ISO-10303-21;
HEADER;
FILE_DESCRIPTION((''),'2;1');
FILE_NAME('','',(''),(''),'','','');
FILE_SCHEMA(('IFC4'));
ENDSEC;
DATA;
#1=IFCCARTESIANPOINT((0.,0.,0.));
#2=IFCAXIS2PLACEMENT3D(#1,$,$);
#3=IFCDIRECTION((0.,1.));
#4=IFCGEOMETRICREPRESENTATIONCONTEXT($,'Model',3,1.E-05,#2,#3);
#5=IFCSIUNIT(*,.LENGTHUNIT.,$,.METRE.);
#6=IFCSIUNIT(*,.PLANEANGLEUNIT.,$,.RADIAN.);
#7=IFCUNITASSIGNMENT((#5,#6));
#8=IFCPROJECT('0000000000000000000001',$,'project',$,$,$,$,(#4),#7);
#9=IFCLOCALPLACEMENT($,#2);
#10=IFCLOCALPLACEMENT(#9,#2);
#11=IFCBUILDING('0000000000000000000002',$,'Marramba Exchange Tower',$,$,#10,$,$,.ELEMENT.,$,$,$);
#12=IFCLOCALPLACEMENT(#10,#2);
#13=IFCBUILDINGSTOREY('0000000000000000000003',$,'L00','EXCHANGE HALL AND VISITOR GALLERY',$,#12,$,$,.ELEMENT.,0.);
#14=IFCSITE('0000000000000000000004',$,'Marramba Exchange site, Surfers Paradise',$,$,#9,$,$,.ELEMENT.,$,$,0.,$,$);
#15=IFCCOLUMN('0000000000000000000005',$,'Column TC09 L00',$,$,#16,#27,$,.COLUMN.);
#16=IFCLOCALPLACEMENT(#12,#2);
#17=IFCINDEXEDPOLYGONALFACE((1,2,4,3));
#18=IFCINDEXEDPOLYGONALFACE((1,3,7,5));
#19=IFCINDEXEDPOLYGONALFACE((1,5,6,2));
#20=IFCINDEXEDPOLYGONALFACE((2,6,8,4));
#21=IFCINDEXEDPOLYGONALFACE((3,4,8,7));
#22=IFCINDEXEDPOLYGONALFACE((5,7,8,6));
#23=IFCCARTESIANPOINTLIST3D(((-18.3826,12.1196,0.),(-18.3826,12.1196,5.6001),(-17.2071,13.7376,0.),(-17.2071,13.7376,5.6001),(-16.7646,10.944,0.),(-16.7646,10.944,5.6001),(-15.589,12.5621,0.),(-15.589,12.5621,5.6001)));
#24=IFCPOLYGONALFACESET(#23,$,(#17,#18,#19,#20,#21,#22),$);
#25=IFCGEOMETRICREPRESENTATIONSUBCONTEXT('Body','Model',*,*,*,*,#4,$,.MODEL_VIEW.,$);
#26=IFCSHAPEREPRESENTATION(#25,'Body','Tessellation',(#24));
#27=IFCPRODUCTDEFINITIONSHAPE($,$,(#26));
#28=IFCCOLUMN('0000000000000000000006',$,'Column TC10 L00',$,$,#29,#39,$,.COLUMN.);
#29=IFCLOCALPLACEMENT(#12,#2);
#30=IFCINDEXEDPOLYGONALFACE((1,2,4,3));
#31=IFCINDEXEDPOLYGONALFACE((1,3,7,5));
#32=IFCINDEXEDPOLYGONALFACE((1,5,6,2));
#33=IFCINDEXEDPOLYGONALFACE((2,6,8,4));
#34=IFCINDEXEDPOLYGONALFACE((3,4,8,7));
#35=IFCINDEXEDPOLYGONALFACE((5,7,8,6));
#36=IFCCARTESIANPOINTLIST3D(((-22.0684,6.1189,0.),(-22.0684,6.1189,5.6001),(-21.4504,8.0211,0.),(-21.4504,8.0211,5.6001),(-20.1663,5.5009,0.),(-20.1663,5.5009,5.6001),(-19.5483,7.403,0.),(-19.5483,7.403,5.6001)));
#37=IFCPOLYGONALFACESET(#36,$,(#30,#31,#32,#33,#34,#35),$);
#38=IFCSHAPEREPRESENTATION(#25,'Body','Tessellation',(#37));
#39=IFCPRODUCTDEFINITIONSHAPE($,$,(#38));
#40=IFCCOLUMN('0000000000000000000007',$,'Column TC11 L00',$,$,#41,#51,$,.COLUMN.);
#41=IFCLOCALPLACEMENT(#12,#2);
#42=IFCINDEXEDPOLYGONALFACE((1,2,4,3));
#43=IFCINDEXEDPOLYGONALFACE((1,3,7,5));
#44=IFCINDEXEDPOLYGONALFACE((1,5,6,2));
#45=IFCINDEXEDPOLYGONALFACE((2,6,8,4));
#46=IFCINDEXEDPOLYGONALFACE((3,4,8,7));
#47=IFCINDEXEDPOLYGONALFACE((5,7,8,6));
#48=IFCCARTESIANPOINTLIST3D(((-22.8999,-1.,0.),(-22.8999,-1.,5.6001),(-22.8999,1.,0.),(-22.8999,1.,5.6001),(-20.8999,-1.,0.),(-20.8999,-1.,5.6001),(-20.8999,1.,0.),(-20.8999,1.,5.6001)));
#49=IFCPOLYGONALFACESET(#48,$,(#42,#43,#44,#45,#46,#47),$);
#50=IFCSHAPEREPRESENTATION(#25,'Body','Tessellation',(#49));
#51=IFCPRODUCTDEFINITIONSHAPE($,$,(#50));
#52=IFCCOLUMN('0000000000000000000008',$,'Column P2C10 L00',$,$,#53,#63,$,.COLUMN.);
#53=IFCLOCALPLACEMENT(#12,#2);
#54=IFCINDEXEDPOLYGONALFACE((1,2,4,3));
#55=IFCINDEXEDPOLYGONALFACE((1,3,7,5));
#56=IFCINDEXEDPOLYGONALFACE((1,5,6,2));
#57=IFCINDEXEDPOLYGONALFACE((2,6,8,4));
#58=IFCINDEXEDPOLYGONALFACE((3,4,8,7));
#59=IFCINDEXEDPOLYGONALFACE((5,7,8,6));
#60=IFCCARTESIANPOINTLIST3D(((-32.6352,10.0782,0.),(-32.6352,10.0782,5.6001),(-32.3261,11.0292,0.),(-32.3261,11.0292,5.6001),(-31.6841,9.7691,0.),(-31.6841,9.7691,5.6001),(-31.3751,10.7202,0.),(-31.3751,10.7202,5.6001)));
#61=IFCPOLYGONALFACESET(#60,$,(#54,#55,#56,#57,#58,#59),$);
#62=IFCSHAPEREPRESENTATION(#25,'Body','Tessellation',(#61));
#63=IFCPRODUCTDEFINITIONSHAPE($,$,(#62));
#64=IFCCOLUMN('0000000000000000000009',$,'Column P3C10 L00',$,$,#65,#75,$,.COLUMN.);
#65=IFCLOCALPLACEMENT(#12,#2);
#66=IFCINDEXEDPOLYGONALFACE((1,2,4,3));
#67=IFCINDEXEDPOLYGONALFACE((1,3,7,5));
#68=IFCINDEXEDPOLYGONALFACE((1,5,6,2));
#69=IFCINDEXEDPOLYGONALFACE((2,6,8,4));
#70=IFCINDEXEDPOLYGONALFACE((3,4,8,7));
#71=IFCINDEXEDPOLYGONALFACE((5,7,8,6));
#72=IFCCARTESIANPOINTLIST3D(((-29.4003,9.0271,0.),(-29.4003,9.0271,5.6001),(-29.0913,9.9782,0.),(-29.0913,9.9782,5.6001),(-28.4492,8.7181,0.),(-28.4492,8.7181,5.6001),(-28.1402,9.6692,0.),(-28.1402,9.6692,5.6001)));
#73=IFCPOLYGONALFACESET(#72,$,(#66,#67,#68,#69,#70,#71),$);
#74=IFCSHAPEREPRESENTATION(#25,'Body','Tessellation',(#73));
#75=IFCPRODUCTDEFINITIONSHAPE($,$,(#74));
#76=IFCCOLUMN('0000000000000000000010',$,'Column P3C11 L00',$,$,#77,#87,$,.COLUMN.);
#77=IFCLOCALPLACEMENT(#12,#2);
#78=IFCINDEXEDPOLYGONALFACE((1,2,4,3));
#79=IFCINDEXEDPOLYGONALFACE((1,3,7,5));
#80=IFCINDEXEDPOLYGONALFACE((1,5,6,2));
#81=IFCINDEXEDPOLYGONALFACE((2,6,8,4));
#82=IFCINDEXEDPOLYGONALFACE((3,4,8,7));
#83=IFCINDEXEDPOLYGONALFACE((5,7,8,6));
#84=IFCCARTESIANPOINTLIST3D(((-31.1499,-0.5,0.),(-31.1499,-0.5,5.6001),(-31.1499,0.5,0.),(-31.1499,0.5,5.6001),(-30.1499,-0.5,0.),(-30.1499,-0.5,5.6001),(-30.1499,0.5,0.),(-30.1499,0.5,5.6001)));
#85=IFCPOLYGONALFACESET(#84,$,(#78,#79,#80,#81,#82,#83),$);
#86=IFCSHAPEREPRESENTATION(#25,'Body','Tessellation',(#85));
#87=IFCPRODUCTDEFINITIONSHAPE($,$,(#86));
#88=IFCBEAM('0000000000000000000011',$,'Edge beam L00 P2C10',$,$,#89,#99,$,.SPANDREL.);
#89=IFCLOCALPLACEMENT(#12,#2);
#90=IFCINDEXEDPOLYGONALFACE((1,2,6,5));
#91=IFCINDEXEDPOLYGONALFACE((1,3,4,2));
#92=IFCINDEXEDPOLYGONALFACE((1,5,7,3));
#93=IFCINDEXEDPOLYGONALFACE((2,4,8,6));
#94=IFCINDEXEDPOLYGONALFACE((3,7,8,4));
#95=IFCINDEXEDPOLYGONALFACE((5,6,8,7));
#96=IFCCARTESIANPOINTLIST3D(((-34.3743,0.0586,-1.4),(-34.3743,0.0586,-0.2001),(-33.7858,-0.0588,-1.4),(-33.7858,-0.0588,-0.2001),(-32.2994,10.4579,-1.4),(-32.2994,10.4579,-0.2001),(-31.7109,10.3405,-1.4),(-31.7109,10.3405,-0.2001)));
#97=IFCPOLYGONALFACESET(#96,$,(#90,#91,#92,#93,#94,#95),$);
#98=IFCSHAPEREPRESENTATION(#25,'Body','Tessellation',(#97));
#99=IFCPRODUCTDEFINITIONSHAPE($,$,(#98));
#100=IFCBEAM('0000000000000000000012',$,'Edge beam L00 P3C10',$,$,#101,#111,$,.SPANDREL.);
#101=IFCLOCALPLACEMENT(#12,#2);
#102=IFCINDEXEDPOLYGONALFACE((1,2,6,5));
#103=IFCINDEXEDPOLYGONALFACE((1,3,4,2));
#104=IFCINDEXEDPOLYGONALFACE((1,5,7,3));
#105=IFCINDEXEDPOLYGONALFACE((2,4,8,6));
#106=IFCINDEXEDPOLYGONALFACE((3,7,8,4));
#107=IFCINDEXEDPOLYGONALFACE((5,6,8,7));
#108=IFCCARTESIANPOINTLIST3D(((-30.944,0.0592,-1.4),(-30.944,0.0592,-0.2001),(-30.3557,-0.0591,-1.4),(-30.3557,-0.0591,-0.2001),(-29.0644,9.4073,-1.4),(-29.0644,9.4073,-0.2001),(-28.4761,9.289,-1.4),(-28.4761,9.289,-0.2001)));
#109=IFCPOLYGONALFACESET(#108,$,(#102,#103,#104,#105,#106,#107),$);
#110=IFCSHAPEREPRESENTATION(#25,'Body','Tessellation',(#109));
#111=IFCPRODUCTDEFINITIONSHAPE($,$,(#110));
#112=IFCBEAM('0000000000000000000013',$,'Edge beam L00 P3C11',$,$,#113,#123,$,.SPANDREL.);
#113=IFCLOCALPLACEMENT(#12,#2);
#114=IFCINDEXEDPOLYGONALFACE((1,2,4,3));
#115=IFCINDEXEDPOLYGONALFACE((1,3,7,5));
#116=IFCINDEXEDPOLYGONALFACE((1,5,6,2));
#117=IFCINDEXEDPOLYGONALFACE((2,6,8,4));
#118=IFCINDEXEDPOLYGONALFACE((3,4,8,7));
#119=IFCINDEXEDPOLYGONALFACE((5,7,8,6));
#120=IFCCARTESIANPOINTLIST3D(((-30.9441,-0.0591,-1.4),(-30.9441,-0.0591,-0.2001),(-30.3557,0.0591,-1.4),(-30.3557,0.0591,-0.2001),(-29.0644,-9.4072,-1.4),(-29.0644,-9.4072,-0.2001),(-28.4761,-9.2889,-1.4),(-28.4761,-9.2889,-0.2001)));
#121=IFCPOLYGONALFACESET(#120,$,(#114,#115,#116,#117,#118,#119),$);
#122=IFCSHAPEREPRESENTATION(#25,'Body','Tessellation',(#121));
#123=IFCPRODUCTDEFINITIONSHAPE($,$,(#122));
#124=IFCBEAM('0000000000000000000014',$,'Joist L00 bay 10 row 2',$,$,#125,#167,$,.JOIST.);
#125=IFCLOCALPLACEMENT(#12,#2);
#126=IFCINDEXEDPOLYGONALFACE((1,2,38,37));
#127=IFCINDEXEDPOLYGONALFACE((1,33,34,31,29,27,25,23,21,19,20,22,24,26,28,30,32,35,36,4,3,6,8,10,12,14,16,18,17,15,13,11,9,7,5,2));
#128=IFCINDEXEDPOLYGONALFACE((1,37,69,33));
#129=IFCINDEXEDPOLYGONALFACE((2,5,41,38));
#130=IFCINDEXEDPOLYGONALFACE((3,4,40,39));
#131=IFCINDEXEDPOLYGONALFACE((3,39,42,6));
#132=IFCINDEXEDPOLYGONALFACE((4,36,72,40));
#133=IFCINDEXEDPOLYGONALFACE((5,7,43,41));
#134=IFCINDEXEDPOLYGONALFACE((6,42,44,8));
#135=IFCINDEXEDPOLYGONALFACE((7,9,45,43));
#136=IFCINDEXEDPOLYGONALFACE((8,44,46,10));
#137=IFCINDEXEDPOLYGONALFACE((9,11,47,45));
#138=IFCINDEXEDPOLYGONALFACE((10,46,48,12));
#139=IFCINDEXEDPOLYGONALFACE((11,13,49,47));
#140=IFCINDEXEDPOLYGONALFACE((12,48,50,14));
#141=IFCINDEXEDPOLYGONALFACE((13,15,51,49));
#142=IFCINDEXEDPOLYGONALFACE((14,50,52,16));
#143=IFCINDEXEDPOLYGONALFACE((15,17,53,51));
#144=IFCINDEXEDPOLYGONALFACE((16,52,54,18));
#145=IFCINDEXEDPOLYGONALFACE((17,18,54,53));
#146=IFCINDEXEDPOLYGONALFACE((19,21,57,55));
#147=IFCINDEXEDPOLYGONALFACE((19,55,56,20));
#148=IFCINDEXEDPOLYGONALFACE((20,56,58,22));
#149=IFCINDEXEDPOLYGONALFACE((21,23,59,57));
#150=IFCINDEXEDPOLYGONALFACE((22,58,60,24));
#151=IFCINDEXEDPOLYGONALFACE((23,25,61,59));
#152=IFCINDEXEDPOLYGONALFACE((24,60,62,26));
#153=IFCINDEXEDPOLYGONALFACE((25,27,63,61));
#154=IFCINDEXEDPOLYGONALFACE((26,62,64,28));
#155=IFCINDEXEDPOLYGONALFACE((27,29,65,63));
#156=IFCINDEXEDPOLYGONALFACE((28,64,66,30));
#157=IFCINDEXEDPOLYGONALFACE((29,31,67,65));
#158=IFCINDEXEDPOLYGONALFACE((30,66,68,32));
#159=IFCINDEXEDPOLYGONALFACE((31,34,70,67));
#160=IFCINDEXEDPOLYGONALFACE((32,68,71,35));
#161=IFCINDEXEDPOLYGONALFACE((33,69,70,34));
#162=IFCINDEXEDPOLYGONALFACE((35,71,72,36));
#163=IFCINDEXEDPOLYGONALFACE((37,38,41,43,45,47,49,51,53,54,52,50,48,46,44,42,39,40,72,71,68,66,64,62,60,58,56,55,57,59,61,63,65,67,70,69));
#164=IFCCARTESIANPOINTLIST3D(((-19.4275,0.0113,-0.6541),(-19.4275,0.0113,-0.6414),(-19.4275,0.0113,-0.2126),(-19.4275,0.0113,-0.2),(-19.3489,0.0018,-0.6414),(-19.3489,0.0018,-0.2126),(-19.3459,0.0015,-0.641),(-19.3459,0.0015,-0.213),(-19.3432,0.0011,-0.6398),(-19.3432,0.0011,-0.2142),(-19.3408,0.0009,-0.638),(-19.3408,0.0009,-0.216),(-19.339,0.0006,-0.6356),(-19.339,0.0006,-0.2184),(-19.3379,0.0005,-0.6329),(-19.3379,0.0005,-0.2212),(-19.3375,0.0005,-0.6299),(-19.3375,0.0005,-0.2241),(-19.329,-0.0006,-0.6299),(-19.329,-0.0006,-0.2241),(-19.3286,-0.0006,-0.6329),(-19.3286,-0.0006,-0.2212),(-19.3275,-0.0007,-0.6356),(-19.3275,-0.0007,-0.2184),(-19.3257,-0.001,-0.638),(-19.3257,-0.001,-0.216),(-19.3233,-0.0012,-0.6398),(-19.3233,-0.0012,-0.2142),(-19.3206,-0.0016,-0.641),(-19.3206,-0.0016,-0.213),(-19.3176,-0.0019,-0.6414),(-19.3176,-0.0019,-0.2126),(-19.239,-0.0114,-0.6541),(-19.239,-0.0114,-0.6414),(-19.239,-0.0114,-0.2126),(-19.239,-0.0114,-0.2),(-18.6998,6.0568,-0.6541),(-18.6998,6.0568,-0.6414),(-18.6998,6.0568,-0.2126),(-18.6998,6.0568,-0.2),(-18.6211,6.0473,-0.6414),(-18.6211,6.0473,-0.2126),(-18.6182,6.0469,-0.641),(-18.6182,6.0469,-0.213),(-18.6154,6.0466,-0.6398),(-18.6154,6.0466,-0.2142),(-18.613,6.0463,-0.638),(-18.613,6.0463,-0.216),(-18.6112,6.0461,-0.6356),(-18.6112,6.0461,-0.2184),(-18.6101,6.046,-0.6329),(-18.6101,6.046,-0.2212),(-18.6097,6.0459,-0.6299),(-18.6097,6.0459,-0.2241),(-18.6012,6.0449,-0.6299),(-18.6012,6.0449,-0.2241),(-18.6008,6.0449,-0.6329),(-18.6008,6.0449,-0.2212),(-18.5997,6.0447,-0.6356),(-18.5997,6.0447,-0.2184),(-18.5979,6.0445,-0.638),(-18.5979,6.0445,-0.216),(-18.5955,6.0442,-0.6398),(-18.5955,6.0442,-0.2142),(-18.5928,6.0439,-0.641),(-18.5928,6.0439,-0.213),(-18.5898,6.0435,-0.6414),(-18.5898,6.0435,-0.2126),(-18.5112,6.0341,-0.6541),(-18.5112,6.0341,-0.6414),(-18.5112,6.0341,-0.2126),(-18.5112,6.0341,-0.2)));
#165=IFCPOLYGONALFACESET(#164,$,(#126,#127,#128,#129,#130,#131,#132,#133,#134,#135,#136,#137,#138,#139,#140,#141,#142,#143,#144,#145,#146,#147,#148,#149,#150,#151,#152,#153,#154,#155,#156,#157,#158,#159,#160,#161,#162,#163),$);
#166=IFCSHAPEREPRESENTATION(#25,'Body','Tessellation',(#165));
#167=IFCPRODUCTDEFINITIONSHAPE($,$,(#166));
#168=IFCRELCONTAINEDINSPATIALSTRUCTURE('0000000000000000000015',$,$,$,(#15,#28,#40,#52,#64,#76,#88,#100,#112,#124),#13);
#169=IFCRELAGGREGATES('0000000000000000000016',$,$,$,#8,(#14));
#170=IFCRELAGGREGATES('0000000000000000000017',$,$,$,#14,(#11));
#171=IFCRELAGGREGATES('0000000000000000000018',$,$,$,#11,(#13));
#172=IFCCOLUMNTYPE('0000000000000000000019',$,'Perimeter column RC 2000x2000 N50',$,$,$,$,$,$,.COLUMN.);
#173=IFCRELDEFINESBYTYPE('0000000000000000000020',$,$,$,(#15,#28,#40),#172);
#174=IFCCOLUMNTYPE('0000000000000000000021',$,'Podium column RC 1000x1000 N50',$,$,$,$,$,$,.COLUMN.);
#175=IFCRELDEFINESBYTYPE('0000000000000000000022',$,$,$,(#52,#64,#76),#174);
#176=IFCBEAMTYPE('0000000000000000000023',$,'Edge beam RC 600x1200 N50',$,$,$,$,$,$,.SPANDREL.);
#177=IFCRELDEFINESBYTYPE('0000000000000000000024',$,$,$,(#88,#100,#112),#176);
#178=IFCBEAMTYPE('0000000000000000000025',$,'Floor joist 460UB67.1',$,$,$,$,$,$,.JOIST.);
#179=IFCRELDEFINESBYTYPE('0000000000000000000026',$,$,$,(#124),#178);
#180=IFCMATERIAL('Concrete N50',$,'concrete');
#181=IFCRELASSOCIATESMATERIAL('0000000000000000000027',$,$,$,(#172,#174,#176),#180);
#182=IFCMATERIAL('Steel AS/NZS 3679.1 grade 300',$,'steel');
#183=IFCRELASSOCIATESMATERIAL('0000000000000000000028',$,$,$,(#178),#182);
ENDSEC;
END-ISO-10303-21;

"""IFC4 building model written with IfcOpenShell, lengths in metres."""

from ifc_helpers import new_model, si_unit, direction, frame, origin, origin_2d, place, context, subcontext, project, spatial, rectangle, i_section, extrude, material, material_profile, profile_set, type_object, element, save


model = new_model("IFC4")

# Units and contexts
model_context = context("Model", 3, precision=1e-05, world=origin(), true_north=direction((0.0, 1.0)))
body_context = subcontext(model_context, "Body", "Model", "MODEL_VIEW")
ifc_project = project(units=[si_unit("LENGTHUNIT", "METRE"), si_unit("PLANEANGLEUNIT", "RADIAN")], contexts=[model_context])

# Site, building, storey
site_placement = place(None, origin())
site = spatial("IfcSite", under=ifc_project, at=site_placement, Name="Marramba Exchange site, Surfers Paradise", CompositionType="ELEMENT", RefElevation=0.0)
building_placement = place(site_placement, origin())
building = spatial("IfcBuilding", under=site, at=building_placement, Name="Marramba Exchange Tower", CompositionType="ELEMENT")
storey_placement = place(building_placement, origin())
storey = spatial("IfcBuildingStorey", under=building, at=storey_placement, Name="L00", Description="EXCHANGE HALL AND VISITOR GALLERY", CompositionType="ELEMENT", Elevation=0.0)

# Columns
ifc_material_1 = material(Name="Concrete N50", Category="concrete")
ifc_material_profile_1 = material_profile(ifc_material_1, rectangle(XDim=2.0, YDim=2.0, at=origin_2d()), Name="RC 2000x2000")
ifc_profile_set_1 = profile_set([ifc_material_profile_1], Name="Concrete N50")
column_type_1 = type_object("IfcColumnType", Name="Perimeter column RC 2000x2000 N50", PredefinedType="COLUMN", material=ifc_profile_set_1)
for number, where, z_axis, x_axis, name in (
    (1, (-16.9858, 12.3408, 0.0), (0.0, 0.0, 1.0), (-0.809017, 0.587785, 0.0), "Column TC09 L00"),
    (2, (-20.8083, 6.761, 0.0), (0.0, 0.0, 1.0), (-0.951057, 0.309017, 0.0), "Column TC10 L00"),
    (3, (-21.8999, 0.0, 0.0), (0.0, 0.0, 1.0), (-1.0, 0.0, 0.0), "Column TC11 L00"),
):
    element("IfcColumn", number, at=place(storey_placement, frame(where, z_axis=z_axis, x_axis=x_axis)), inside=storey, type_object=column_type_1, Name=name, PredefinedType="COLUMN", context=body_context, shape_type="SweptSolid", body=[
        extrude(rectangle(XDim=2.0, YDim=2.0, at=origin_2d()), origin(), (0.0, 0.0, 1.0), 5.6001),
    ])
ifc_material_profile_2 = material_profile(ifc_material_1, rectangle(XDim=1.0, YDim=1.0, at=origin_2d()), Name="RC 1000x1000")
ifc_profile_set_2 = profile_set([ifc_material_profile_2], Name="Concrete N50")
column_type_2 = type_object("IfcColumnType", Name="Podium column RC 1000x1000 N50", PredefinedType="COLUMN", material=ifc_profile_set_2)
for number, where, z_axis, x_axis, name in (
    (4, (-32.0051, 10.3992, 0.0), (0.0, 0.0, 1.0), (-0.951057, 0.309017, 0.0), "Column P2C10 L00"),
    (5, (-28.7703, 9.3481, 0.0), (0.0, 0.0, 1.0), (-0.951057, 0.309017, 0.0), "Column P3C10 L00"),
    (6, (-30.6499, 0.0, 0.0), (0.0, 0.0, 1.0), (-1.0, 0.0, 0.0), "Column P3C11 L00"),
):
    element("IfcColumn", number, at=place(storey_placement, frame(where, z_axis=z_axis, x_axis=x_axis)), inside=storey, type_object=column_type_2, Name=name, PredefinedType="COLUMN", context=body_context, shape_type="SweptSolid", body=[
        extrude(rectangle(XDim=1.0, YDim=1.0, at=origin_2d()), origin(), (0.0, 0.0, 1.0), 5.6001),
    ])

# Beams
ifc_material_profile_3 = material_profile(ifc_material_1, rectangle(XDim=0.6001, YDim=1.2, at=origin_2d()), Name="RC 600x1200")
ifc_profile_set_3 = profile_set([ifc_material_profile_3], Name="Concrete N50")
beam_type_1 = type_object("IfcBeamType", Name="Edge beam RC 600x1200 N50", PredefinedType="SPANDREL", material=ifc_profile_set_3)
beam_1_placement = place(storey_placement, frame((-32.0051, 10.3992, -0.8), z_axis=(-0.195673, -0.980669, 0.0), x_axis=(0.980669, -0.195673, 0.0)))
element("IfcBeam", 7, at=beam_1_placement, inside=storey, type_object=beam_type_1, Name="Edge beam L00 P2C10", PredefinedType="SPANDREL", context=body_context, shape_type="SweptSolid", body=[
    extrude(rectangle(XDim=0.6001, YDim=1.2, at=origin_2d()), origin(), (0.0, 0.0, 1.0), 10.6042),
])
for number, where, z_axis, x_axis, name in (
    (8, (-28.7703, 9.3481, -0.8), (-0.197125, -0.980378, 0.0), (0.980378, -0.197125, 0.0), "Edge beam L00 P3C10"),
    (9, (-30.6499, 0.0, -0.8), (0.197125, -0.980378, 0.0), (0.980378, 0.197125, 0.0), "Edge beam L00 P3C11"),
):
    element("IfcBeam", number, at=place(storey_placement, frame(where, z_axis=z_axis, x_axis=x_axis)), inside=storey, type_object=beam_type_1, Name=name, PredefinedType="SPANDREL", context=body_context, shape_type="SweptSolid", body=[
        extrude(rectangle(XDim=0.6001, YDim=1.2, at=origin_2d()), origin(), (0.0, 0.0, 1.0), 9.5352),
    ])
ifc_material_2 = material(Name="Steel AS/NZS 3679.1 grade 300", Category="steel")
ifc_material_profile_4 = material_profile(ifc_material_2, i_section(OverallWidth=0.1899, OverallDepth=0.4541, WebThickness=0.0085, FlangeThickness=0.0127, FilletRadius=0.0115, at=origin_2d()), Name="460UB67.1")
ifc_profile_set_4 = profile_set([ifc_material_profile_4], Name="Steel AS/NZS 3679.1 grade 300")
beam_type_2 = type_object("IfcBeamType", Name="Floor joist 460UB67.1", PredefinedType="JOIST", material=ifc_profile_set_4)
beam_2_placement = place(storey_placement, frame((-18.6055, 6.0454, -0.427), z_axis=(-0.119523, -0.992831, 0.0), x_axis=(0.992831, -0.119523, 0.0)))
element("IfcBeam", 10, at=beam_2_placement, inside=storey, type_object=beam_type_2, Name="Joist L00 bay 10 row 2", PredefinedType="JOIST", context=body_context, shape_type="SweptSolid", body=[
    extrude(i_section(OverallWidth=0.1899, OverallDepth=0.4541, WebThickness=0.0085, FlangeThickness=0.0127, FilletRadius=0.0115, at=origin_2d()), origin(), (0.0, 0.0, 1.0), 6.0891),
])

save(model, "model.ifc")
